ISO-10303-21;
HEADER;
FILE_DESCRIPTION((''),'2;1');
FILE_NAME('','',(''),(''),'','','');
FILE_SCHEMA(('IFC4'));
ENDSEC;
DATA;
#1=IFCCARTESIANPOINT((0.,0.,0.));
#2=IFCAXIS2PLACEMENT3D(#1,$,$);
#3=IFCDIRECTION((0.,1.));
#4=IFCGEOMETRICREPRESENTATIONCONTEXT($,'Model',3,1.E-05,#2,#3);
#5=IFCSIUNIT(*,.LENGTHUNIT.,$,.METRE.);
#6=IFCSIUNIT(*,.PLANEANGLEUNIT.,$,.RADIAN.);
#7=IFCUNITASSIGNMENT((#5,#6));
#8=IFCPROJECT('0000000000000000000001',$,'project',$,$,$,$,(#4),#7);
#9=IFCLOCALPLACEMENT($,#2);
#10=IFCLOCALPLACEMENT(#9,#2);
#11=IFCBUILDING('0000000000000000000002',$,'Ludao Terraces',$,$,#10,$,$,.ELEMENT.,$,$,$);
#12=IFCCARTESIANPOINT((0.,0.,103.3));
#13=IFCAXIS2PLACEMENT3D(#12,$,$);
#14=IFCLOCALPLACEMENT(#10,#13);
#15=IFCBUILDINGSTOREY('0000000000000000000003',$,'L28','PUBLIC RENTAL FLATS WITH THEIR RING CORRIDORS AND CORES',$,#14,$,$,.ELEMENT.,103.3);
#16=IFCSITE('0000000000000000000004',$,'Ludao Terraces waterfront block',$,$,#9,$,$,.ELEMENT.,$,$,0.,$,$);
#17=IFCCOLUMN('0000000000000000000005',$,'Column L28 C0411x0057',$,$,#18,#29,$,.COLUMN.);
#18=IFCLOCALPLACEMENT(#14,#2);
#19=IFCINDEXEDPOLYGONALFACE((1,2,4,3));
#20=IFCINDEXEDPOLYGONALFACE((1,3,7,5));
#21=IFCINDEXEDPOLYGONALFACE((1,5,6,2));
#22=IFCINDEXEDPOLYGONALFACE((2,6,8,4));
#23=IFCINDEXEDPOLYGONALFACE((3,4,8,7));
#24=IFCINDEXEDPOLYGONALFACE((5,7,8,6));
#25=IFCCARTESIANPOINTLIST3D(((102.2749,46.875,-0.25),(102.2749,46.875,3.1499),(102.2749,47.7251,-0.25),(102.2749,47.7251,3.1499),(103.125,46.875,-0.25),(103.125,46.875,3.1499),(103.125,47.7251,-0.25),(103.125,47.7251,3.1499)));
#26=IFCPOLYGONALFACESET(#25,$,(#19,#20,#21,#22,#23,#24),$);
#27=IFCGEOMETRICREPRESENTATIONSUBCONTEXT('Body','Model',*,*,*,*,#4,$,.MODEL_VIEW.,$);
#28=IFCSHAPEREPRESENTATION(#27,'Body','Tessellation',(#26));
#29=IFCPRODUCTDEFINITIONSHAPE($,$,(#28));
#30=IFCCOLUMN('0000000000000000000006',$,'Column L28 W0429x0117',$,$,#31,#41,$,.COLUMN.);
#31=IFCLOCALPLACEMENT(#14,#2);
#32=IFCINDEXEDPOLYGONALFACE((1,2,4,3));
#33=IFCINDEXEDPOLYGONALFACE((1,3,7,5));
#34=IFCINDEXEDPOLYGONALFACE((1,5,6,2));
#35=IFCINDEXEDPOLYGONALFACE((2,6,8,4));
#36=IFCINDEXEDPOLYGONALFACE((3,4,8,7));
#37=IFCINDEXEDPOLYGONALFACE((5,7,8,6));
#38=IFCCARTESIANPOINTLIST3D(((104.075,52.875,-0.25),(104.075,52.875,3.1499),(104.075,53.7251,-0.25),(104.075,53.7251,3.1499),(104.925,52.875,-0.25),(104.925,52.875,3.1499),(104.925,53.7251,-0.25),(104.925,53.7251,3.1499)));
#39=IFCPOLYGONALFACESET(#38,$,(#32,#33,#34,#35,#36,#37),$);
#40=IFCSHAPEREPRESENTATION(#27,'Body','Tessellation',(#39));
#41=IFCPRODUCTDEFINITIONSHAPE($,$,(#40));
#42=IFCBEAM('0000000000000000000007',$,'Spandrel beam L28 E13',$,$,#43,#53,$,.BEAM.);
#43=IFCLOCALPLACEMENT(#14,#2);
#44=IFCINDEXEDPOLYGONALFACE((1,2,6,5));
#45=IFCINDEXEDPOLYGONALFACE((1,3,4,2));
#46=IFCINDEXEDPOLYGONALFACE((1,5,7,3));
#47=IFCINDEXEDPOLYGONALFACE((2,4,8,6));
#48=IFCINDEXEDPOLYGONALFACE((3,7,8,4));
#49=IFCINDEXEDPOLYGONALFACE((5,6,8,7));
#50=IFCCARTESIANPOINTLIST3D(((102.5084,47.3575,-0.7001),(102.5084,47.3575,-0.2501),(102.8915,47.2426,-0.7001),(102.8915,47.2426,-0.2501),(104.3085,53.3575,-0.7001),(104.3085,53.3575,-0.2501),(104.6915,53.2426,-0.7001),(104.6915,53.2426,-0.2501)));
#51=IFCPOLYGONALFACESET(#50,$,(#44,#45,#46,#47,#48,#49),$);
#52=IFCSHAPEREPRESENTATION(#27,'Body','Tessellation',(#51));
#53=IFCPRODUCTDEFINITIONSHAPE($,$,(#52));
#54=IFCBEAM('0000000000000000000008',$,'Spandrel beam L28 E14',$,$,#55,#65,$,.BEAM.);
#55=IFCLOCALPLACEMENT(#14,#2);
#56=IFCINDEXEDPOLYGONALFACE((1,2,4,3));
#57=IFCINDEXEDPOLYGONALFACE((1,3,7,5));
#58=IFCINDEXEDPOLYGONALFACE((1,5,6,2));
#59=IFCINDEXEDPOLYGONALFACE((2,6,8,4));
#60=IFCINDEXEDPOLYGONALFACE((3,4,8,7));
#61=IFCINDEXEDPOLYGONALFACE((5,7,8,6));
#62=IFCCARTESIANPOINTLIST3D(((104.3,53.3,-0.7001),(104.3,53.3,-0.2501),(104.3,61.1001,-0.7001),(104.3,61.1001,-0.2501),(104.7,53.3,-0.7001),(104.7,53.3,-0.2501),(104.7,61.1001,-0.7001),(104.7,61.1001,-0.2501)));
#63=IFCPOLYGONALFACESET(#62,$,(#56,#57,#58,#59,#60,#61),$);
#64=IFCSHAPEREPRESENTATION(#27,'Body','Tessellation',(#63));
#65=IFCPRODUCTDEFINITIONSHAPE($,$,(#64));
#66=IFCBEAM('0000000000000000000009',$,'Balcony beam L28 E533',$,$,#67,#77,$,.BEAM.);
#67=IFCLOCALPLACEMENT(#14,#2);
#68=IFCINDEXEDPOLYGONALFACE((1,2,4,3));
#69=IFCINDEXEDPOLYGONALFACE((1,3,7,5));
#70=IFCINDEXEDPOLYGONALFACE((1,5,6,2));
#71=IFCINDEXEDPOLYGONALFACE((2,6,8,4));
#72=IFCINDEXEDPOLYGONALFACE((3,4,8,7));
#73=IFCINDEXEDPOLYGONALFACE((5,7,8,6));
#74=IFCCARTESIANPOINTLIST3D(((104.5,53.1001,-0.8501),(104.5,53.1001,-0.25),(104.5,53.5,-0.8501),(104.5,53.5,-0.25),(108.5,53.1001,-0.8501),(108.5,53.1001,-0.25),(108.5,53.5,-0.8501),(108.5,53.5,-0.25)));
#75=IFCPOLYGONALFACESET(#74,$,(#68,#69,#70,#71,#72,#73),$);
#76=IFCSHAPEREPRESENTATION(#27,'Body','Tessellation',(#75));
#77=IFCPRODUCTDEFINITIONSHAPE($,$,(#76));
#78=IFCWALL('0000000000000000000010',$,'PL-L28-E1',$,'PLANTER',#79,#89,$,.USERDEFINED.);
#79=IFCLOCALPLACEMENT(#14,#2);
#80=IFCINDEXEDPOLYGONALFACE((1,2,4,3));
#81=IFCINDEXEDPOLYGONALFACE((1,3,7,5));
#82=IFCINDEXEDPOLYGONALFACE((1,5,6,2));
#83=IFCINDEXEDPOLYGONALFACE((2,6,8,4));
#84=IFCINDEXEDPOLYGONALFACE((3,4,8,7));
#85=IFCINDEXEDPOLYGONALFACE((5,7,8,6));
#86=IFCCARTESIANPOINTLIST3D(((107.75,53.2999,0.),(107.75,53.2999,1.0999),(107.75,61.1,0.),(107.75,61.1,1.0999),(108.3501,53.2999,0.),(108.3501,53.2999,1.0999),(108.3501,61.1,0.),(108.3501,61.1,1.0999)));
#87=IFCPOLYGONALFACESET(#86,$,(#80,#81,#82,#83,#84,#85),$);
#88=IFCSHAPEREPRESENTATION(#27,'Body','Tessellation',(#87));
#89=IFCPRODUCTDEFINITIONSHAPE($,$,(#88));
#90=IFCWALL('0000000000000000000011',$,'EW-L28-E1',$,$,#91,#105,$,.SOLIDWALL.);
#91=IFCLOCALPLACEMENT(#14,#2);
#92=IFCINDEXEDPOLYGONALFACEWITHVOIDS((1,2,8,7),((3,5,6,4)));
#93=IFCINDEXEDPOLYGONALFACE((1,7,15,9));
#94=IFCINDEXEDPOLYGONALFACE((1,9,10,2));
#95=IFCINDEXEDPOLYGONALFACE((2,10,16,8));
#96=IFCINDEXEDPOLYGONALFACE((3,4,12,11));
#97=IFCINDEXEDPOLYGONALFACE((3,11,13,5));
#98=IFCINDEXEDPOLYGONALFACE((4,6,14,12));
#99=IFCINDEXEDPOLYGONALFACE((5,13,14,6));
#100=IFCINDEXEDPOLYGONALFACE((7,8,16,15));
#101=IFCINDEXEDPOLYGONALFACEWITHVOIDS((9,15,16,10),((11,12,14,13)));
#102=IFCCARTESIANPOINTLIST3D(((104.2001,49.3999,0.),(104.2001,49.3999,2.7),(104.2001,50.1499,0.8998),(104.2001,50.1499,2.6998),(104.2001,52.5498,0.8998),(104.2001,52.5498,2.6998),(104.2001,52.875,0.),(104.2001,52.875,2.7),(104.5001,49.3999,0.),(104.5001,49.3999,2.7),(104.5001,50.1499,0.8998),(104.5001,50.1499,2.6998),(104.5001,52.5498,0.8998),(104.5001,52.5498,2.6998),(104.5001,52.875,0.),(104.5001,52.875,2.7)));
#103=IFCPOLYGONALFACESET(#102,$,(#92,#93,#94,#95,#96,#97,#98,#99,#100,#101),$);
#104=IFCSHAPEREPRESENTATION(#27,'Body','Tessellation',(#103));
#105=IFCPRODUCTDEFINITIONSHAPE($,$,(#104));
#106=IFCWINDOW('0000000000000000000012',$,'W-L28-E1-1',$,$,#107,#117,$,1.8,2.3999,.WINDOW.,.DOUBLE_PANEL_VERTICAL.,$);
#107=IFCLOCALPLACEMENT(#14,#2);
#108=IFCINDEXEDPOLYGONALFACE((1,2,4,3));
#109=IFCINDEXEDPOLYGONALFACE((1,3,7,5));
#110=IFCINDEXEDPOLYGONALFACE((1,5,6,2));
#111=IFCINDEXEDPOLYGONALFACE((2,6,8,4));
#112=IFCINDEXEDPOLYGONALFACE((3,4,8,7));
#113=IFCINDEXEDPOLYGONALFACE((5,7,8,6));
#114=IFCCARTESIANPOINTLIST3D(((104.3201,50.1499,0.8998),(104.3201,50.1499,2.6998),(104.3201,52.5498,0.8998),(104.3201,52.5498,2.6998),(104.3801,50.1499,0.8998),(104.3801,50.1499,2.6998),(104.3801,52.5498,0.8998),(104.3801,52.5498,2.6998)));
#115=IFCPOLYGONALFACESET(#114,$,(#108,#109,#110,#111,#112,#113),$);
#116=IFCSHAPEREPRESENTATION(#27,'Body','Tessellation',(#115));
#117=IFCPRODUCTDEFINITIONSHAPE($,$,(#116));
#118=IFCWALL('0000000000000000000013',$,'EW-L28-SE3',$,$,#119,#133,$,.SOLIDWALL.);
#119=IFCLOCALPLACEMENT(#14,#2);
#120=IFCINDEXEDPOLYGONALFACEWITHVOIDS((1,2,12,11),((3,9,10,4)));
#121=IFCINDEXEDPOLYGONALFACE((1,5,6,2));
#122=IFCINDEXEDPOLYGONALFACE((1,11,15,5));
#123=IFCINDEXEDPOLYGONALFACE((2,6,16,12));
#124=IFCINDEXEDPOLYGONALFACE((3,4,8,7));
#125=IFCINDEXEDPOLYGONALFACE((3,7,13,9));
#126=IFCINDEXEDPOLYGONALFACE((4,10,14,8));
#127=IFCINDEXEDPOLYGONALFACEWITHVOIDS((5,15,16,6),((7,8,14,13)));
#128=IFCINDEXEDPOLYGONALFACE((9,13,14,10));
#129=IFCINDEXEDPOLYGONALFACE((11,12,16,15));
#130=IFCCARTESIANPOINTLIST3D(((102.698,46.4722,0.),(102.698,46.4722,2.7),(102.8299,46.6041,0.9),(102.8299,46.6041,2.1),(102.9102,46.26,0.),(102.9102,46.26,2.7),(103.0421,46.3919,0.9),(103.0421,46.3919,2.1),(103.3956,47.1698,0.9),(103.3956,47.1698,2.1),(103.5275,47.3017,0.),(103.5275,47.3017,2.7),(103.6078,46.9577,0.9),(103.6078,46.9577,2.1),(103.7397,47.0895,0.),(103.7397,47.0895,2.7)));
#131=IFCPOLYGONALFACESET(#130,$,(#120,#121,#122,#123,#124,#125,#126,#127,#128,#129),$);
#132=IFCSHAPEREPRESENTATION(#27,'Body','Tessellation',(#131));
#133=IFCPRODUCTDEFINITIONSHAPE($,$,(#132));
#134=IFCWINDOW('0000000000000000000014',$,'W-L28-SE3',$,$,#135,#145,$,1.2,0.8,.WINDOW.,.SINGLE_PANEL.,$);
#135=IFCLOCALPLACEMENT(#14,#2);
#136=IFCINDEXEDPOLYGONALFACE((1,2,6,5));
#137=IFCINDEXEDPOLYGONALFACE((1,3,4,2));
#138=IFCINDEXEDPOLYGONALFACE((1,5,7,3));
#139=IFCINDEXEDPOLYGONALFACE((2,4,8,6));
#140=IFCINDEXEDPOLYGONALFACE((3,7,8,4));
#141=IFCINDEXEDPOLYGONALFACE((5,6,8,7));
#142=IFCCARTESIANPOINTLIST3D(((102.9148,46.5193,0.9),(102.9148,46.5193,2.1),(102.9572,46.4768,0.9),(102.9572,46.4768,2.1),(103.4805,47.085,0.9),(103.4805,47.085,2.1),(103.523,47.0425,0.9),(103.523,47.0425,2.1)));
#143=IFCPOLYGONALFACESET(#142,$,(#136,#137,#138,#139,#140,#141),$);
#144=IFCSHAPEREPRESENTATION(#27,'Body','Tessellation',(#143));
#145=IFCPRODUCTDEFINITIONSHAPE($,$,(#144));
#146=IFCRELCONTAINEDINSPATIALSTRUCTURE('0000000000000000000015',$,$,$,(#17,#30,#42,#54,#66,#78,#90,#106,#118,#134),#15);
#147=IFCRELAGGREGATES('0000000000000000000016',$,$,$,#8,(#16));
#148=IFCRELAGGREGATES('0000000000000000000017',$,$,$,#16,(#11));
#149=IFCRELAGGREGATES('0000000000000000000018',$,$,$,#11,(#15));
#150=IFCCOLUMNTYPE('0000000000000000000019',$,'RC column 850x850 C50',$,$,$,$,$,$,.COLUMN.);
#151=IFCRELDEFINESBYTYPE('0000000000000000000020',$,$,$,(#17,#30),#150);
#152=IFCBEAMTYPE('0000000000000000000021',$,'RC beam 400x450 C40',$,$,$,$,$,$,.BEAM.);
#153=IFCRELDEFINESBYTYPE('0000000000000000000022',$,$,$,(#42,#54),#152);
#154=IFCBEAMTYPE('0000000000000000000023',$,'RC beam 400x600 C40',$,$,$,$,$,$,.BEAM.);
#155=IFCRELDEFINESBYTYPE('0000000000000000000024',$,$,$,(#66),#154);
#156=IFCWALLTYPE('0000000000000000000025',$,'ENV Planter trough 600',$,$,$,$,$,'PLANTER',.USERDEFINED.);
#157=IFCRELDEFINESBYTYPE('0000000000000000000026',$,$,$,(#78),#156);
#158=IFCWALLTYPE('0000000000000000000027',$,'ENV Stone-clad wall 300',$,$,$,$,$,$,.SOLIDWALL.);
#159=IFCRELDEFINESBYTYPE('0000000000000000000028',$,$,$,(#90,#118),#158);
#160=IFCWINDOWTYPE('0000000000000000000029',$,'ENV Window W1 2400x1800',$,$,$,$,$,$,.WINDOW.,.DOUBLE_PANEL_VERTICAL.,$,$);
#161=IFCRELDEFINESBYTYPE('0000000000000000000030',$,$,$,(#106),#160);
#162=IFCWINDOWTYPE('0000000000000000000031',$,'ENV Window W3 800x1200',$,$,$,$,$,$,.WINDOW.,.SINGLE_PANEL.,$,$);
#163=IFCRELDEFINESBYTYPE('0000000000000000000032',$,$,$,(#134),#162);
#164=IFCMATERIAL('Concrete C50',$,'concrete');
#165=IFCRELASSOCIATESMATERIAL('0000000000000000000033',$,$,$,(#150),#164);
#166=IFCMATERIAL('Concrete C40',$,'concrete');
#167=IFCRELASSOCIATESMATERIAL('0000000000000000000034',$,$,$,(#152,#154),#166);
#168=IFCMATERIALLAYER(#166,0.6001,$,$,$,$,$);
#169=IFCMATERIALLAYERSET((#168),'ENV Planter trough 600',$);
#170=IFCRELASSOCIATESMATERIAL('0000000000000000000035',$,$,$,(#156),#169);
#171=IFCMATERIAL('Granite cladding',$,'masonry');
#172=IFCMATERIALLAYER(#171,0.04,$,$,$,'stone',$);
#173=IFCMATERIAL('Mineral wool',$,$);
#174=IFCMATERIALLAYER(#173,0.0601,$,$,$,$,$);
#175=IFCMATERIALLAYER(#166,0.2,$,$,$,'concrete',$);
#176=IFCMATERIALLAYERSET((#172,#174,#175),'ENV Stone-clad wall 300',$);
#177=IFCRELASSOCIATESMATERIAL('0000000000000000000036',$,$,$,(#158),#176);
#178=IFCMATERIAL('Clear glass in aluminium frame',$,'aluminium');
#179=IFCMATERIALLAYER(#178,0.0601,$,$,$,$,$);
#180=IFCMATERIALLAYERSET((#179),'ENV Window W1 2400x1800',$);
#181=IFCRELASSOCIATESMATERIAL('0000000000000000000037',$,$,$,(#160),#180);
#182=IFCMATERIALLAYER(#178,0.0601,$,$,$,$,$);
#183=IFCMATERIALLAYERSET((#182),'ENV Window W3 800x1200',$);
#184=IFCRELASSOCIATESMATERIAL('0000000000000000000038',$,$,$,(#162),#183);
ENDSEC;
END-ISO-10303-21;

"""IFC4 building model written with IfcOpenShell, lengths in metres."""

from ifc_helpers import new_model, si_unit, direction, frame, frame_2d, origin, origin_2d, place, context, subcontext, project, spatial, rectangle, extrude, material, layer, layer_set, material_profile, profile_set, type_object, element, fill, save


model = new_model("IFC4")

# Units and contexts
model_context = context("Model", 3, precision=1e-05, world=origin(), true_north=direction((0.0, 1.0)))
body_context = subcontext(model_context, "Body", "Model", "MODEL_VIEW")
ifc_project = project(units=[si_unit("LENGTHUNIT", "METRE"), si_unit("PLANEANGLEUNIT", "RADIAN")], contexts=[model_context])

# Site, building, storey
site_placement = place(None, origin())
site = spatial("IfcSite", under=ifc_project, at=site_placement, Name="Ludao Terraces waterfront block", CompositionType="ELEMENT", RefElevation=0.0)
building_placement = place(site_placement, origin())
building = spatial("IfcBuilding", under=site, at=building_placement, Name="Ludao Terraces", CompositionType="ELEMENT")
storey_placement = place(building_placement, frame((0.0, 0.0, 103.3)))
storey = spatial("IfcBuildingStorey", under=building, at=storey_placement, Name="L28", Description="PUBLIC RENTAL FLATS WITH THEIR RING CORRIDORS AND CORES", CompositionType="ELEMENT", Elevation=103.3)

# Columns
ifc_material_1 = material(Name="Concrete C50", Category="concrete")
ifc_material_profile_1 = material_profile(ifc_material_1, rectangle(XDim=0.8501, YDim=0.8501, at=origin_2d()), Name="850 X 850")
ifc_profile_set_1 = profile_set([ifc_material_profile_1], Name="Concrete C50")
column_type = type_object("IfcColumnType", Name="RC column 850x850 C50", PredefinedType="COLUMN", material=ifc_profile_set_1)
for number, where, z_axis, x_axis, name in (
    (1, (102.7, 47.3, -0.25), (0.0, 0.0, 1.0), (1.0, 0.0, 0.0), "Column L28 C0411x0057"),
    (2, (104.5, 53.3, -0.25), (0.0, 0.0, 1.0), (1.0, 0.0, 0.0), "Column L28 W0429x0117"),
):
    element("IfcColumn", number, at=place(storey_placement, frame(where, z_axis=z_axis, x_axis=x_axis)), inside=storey, type_object=column_type, Name=name, PredefinedType="COLUMN", context=body_context, shape_type="SweptSolid", body=[
        extrude(rectangle(XDim=0.8501, YDim=0.8501, at=origin_2d()), origin(), (0.0, 0.0, 1.0), 3.3999),
    ])

# Beams
ifc_material_2 = material(Name="Concrete C40", Category="concrete")
ifc_material_profile_2 = material_profile(ifc_material_2, rectangle(XDim=0.3999, YDim=0.45, at=origin_2d()), Name="400 X 450")
ifc_profile_set_2 = profile_set([ifc_material_profile_2], Name="Concrete C40")
beam_type_1 = type_object("IfcBeamType", Name="RC beam 400x450 C40", PredefinedType="BEAM", material=ifc_profile_set_2)
beam_1_placement = place(storey_placement, frame((102.7, 47.3, -0.4751), z_axis=(0.287355, 0.957824, 0.0), x_axis=(-0.957824, 0.287355, 0.0)))
element("IfcBeam", 3, at=beam_1_placement, inside=storey, type_object=beam_type_1, Name="Spandrel beam L28 E13", PredefinedType="BEAM", context=body_context, shape_type="SweptSolid", body=[
    extrude(rectangle(XDim=0.3999, YDim=0.45, at=origin_2d()), origin(), (0.0, 0.0, 1.0), 6.2642),
])
beam_2_placement = place(storey_placement, frame((104.5, 53.3, -0.4751), z_axis=(0.0, 1.0, 0.0), x_axis=(-1.0, 0.0, 0.0)))
element("IfcBeam", 4, at=beam_2_placement, inside=storey, type_object=beam_type_1, Name="Spandrel beam L28 E14", PredefinedType="BEAM", context=body_context, shape_type="SweptSolid", body=[
    extrude(rectangle(XDim=0.3999, YDim=0.45, at=origin_2d()), origin(), (0.0, 0.0, 1.0), 7.8),
])
ifc_material_profile_3 = material_profile(ifc_material_2, rectangle(XDim=0.3999, YDim=0.6001, at=origin_2d()), Name="400 X 600")
ifc_profile_set_3 = profile_set([ifc_material_profile_3], Name="Concrete C40")
beam_type_2 = type_object("IfcBeamType", Name="RC beam 400x600 C40", PredefinedType="BEAM", material=ifc_profile_set_3)
beam_3_placement = place(storey_placement, frame((104.5, 53.3, -0.55), z_axis=(1.0, 0.0, 0.0), x_axis=(0.0, 1.0, 0.0)))
element("IfcBeam", 5, at=beam_3_placement, inside=storey, type_object=beam_type_2, Name="Balcony beam L28 E533", PredefinedType="BEAM", context=body_context, shape_type="SweptSolid", body=[
    extrude(rectangle(XDim=0.3999, YDim=0.6001, at=origin_2d()), origin(), (0.0, 0.0, 1.0), 4.0),
])

# Wall
ifc_layer_1 = layer(ifc_material_2, 0.6001)
ifc_layer_set_1 = layer_set([ifc_layer_1], Name="ENV Planter trough 600")
wall_type_1 = type_object("IfcWallType", Name="ENV Planter trough 600", ElementType="PLANTER", PredefinedType="USERDEFINED", material=ifc_layer_set_1)
wall_1_placement = place(storey_placement, frame((108.05, 53.3, 0.0), z_axis=(0.0, 0.0, 1.0), x_axis=(0.0, 1.0, 0.0)))
element("IfcWall", 6, at=wall_1_placement, inside=storey, type_object=wall_type_1, Name="PL-L28-E1", ObjectType="PLANTER", PredefinedType="USERDEFINED", context=body_context, shape_type="SweptSolid", body=[
    extrude(rectangle(XDim=7.8, YDim=0.6001, at=frame_2d((3.8999, 0.0))), origin(), (0.0, 0.0, 1.0), 1.0999),
])

# Walls, openings, windows
ifc_material_3 = material(Name="Granite cladding", Category="masonry")
ifc_layer_2 = layer(ifc_material_3, 0.04, Category="stone")
ifc_material_4 = material(Name="Mineral wool")
ifc_layer_3 = layer(ifc_material_4, 0.0601)
ifc_layer_4 = layer(ifc_material_2, 0.2, Category="concrete")
ifc_layer_set_2 = layer_set([ifc_layer_2, ifc_layer_3, ifc_layer_4], Name="ENV Stone-clad wall 300")
wall_type_2 = type_object("IfcWallType", Name="ENV Stone-clad wall 300", PredefinedType="SOLIDWALL", material=ifc_layer_set_2)
wall_2_placement = place(storey_placement, frame((104.3501, 49.3999, 0.0), z_axis=(0.0, 0.0, 1.0), x_axis=(0.0, 1.0, 0.0)))
wall_2 = element("IfcWall", 7, at=wall_2_placement, inside=storey, type_object=wall_type_2, Name="EW-L28-E1", PredefinedType="SOLIDWALL", context=body_context, shape_type="SweptSolid", body=[
    extrude(rectangle(XDim=3.4751, YDim=0.3, at=frame_2d((1.7375, 0.0))), origin(), (0.0, 0.0, 1.0), 2.7),
])
opening_1_placement = place(wall_2_placement, frame((0.75, 0.0, 0.8999)))
opening_1 = element("IfcOpeningElement", 8, at=opening_1_placement, cuts=wall_2, PredefinedType="OPENING", context=body_context, shape_type="SweptSolid", body=[
    extrude(rectangle(XDim=2.3999, YDim=1.8, at=frame_2d((1.2, 0.8999))), frame((0.0, 0.1602, 0.0), z_axis=(0.0, -1.0, 0.0), x_axis=(1.0, 0.0, 0.0)), (0.0, 0.0, 1.0), 0.3201),
])
ifc_material_5 = material(Name="Clear glass in aluminium frame", Category="aluminium")
ifc_layer_5 = layer(ifc_material_5, 0.0601)
ifc_layer_set_3 = layer_set([ifc_layer_5], Name="ENV Window W1 2400x1800")
window_type_1 = type_object("IfcWindowType", Name="ENV Window W1 2400x1800", PartitioningType="DOUBLE_PANEL_VERTICAL", PredefinedType="WINDOW", material=ifc_layer_set_3)
window_1_placement = place(opening_1_placement, origin())
window_1 = element("IfcWindow", 9, at=window_1_placement, inside=storey, type_object=window_type_1, Name="W-L28-E1-1", OverallHeight=1.8, OverallWidth=2.3999, PartitioningType="DOUBLE_PANEL_VERTICAL", PredefinedType="WINDOW", context=body_context, shape_type="SweptSolid", body=[
    extrude(rectangle(XDim=2.3999, YDim=1.8, at=frame_2d((1.2, 0.8999))), frame((0.0, 0.03, 0.0), z_axis=(0.0, -1.0, 0.0), x_axis=(1.0, 0.0, 0.0)), (0.0, 0.0, 1.0), 0.0601),
])
fill(opening_1, window_1)
wall_3_placement = place(storey_placement, frame((102.8042, 46.3662, 0.0), z_axis=(0.0, 0.0, 1.0), x_axis=(0.707107, 0.707107, 0.0)))
wall_3 = element("IfcWall", 10, at=wall_3_placement, inside=storey, type_object=wall_type_2, Name="EW-L28-SE3", PredefinedType="SOLIDWALL", context=body_context, shape_type="SweptSolid", body=[
    extrude(rectangle(XDim=1.1731, YDim=0.3, at=frame_2d((0.5864, 0.0))), origin(), (0.0, 0.0, 1.0), 2.7),
])
opening_2_placement = place(wall_3_placement, frame((0.1865, 0.0, 0.8999)))
opening_2 = element("IfcOpeningElement", 11, at=opening_2_placement, cuts=wall_3, PredefinedType="OPENING", context=body_context, shape_type="SweptSolid", body=[
    extrude(rectangle(XDim=0.8, YDim=1.2, at=frame_2d((0.3999, 0.6001))), frame((0.0, 0.1602, 0.0), z_axis=(0.0, -1.0, 0.0), x_axis=(1.0, 0.0, 0.0)), (0.0, 0.0, 1.0), 0.3201),
])
ifc_layer_6 = layer(ifc_material_5, 0.0601)
ifc_layer_set_4 = layer_set([ifc_layer_6], Name="ENV Window W3 800x1200")
window_type_2 = type_object("IfcWindowType", Name="ENV Window W3 800x1200", PartitioningType="SINGLE_PANEL", PredefinedType="WINDOW", material=ifc_layer_set_4)
window_2_placement = place(opening_2_placement, origin())
window_2 = element("IfcWindow", 12, at=window_2_placement, inside=storey, type_object=window_type_2, Name="W-L28-SE3", OverallHeight=1.2, OverallWidth=0.8, PartitioningType="SINGLE_PANEL", PredefinedType="WINDOW", context=body_context, shape_type="SweptSolid", body=[
    extrude(rectangle(XDim=0.8, YDim=1.2, at=frame_2d((0.3999, 0.6001))), frame((0.0, 0.03, 0.0), z_axis=(0.0, -1.0, 0.0), x_axis=(1.0, 0.0, 0.0)), (0.0, 0.0, 1.0), 0.0601),
])
fill(opening_2, window_2)

save(model, "model.ifc")
